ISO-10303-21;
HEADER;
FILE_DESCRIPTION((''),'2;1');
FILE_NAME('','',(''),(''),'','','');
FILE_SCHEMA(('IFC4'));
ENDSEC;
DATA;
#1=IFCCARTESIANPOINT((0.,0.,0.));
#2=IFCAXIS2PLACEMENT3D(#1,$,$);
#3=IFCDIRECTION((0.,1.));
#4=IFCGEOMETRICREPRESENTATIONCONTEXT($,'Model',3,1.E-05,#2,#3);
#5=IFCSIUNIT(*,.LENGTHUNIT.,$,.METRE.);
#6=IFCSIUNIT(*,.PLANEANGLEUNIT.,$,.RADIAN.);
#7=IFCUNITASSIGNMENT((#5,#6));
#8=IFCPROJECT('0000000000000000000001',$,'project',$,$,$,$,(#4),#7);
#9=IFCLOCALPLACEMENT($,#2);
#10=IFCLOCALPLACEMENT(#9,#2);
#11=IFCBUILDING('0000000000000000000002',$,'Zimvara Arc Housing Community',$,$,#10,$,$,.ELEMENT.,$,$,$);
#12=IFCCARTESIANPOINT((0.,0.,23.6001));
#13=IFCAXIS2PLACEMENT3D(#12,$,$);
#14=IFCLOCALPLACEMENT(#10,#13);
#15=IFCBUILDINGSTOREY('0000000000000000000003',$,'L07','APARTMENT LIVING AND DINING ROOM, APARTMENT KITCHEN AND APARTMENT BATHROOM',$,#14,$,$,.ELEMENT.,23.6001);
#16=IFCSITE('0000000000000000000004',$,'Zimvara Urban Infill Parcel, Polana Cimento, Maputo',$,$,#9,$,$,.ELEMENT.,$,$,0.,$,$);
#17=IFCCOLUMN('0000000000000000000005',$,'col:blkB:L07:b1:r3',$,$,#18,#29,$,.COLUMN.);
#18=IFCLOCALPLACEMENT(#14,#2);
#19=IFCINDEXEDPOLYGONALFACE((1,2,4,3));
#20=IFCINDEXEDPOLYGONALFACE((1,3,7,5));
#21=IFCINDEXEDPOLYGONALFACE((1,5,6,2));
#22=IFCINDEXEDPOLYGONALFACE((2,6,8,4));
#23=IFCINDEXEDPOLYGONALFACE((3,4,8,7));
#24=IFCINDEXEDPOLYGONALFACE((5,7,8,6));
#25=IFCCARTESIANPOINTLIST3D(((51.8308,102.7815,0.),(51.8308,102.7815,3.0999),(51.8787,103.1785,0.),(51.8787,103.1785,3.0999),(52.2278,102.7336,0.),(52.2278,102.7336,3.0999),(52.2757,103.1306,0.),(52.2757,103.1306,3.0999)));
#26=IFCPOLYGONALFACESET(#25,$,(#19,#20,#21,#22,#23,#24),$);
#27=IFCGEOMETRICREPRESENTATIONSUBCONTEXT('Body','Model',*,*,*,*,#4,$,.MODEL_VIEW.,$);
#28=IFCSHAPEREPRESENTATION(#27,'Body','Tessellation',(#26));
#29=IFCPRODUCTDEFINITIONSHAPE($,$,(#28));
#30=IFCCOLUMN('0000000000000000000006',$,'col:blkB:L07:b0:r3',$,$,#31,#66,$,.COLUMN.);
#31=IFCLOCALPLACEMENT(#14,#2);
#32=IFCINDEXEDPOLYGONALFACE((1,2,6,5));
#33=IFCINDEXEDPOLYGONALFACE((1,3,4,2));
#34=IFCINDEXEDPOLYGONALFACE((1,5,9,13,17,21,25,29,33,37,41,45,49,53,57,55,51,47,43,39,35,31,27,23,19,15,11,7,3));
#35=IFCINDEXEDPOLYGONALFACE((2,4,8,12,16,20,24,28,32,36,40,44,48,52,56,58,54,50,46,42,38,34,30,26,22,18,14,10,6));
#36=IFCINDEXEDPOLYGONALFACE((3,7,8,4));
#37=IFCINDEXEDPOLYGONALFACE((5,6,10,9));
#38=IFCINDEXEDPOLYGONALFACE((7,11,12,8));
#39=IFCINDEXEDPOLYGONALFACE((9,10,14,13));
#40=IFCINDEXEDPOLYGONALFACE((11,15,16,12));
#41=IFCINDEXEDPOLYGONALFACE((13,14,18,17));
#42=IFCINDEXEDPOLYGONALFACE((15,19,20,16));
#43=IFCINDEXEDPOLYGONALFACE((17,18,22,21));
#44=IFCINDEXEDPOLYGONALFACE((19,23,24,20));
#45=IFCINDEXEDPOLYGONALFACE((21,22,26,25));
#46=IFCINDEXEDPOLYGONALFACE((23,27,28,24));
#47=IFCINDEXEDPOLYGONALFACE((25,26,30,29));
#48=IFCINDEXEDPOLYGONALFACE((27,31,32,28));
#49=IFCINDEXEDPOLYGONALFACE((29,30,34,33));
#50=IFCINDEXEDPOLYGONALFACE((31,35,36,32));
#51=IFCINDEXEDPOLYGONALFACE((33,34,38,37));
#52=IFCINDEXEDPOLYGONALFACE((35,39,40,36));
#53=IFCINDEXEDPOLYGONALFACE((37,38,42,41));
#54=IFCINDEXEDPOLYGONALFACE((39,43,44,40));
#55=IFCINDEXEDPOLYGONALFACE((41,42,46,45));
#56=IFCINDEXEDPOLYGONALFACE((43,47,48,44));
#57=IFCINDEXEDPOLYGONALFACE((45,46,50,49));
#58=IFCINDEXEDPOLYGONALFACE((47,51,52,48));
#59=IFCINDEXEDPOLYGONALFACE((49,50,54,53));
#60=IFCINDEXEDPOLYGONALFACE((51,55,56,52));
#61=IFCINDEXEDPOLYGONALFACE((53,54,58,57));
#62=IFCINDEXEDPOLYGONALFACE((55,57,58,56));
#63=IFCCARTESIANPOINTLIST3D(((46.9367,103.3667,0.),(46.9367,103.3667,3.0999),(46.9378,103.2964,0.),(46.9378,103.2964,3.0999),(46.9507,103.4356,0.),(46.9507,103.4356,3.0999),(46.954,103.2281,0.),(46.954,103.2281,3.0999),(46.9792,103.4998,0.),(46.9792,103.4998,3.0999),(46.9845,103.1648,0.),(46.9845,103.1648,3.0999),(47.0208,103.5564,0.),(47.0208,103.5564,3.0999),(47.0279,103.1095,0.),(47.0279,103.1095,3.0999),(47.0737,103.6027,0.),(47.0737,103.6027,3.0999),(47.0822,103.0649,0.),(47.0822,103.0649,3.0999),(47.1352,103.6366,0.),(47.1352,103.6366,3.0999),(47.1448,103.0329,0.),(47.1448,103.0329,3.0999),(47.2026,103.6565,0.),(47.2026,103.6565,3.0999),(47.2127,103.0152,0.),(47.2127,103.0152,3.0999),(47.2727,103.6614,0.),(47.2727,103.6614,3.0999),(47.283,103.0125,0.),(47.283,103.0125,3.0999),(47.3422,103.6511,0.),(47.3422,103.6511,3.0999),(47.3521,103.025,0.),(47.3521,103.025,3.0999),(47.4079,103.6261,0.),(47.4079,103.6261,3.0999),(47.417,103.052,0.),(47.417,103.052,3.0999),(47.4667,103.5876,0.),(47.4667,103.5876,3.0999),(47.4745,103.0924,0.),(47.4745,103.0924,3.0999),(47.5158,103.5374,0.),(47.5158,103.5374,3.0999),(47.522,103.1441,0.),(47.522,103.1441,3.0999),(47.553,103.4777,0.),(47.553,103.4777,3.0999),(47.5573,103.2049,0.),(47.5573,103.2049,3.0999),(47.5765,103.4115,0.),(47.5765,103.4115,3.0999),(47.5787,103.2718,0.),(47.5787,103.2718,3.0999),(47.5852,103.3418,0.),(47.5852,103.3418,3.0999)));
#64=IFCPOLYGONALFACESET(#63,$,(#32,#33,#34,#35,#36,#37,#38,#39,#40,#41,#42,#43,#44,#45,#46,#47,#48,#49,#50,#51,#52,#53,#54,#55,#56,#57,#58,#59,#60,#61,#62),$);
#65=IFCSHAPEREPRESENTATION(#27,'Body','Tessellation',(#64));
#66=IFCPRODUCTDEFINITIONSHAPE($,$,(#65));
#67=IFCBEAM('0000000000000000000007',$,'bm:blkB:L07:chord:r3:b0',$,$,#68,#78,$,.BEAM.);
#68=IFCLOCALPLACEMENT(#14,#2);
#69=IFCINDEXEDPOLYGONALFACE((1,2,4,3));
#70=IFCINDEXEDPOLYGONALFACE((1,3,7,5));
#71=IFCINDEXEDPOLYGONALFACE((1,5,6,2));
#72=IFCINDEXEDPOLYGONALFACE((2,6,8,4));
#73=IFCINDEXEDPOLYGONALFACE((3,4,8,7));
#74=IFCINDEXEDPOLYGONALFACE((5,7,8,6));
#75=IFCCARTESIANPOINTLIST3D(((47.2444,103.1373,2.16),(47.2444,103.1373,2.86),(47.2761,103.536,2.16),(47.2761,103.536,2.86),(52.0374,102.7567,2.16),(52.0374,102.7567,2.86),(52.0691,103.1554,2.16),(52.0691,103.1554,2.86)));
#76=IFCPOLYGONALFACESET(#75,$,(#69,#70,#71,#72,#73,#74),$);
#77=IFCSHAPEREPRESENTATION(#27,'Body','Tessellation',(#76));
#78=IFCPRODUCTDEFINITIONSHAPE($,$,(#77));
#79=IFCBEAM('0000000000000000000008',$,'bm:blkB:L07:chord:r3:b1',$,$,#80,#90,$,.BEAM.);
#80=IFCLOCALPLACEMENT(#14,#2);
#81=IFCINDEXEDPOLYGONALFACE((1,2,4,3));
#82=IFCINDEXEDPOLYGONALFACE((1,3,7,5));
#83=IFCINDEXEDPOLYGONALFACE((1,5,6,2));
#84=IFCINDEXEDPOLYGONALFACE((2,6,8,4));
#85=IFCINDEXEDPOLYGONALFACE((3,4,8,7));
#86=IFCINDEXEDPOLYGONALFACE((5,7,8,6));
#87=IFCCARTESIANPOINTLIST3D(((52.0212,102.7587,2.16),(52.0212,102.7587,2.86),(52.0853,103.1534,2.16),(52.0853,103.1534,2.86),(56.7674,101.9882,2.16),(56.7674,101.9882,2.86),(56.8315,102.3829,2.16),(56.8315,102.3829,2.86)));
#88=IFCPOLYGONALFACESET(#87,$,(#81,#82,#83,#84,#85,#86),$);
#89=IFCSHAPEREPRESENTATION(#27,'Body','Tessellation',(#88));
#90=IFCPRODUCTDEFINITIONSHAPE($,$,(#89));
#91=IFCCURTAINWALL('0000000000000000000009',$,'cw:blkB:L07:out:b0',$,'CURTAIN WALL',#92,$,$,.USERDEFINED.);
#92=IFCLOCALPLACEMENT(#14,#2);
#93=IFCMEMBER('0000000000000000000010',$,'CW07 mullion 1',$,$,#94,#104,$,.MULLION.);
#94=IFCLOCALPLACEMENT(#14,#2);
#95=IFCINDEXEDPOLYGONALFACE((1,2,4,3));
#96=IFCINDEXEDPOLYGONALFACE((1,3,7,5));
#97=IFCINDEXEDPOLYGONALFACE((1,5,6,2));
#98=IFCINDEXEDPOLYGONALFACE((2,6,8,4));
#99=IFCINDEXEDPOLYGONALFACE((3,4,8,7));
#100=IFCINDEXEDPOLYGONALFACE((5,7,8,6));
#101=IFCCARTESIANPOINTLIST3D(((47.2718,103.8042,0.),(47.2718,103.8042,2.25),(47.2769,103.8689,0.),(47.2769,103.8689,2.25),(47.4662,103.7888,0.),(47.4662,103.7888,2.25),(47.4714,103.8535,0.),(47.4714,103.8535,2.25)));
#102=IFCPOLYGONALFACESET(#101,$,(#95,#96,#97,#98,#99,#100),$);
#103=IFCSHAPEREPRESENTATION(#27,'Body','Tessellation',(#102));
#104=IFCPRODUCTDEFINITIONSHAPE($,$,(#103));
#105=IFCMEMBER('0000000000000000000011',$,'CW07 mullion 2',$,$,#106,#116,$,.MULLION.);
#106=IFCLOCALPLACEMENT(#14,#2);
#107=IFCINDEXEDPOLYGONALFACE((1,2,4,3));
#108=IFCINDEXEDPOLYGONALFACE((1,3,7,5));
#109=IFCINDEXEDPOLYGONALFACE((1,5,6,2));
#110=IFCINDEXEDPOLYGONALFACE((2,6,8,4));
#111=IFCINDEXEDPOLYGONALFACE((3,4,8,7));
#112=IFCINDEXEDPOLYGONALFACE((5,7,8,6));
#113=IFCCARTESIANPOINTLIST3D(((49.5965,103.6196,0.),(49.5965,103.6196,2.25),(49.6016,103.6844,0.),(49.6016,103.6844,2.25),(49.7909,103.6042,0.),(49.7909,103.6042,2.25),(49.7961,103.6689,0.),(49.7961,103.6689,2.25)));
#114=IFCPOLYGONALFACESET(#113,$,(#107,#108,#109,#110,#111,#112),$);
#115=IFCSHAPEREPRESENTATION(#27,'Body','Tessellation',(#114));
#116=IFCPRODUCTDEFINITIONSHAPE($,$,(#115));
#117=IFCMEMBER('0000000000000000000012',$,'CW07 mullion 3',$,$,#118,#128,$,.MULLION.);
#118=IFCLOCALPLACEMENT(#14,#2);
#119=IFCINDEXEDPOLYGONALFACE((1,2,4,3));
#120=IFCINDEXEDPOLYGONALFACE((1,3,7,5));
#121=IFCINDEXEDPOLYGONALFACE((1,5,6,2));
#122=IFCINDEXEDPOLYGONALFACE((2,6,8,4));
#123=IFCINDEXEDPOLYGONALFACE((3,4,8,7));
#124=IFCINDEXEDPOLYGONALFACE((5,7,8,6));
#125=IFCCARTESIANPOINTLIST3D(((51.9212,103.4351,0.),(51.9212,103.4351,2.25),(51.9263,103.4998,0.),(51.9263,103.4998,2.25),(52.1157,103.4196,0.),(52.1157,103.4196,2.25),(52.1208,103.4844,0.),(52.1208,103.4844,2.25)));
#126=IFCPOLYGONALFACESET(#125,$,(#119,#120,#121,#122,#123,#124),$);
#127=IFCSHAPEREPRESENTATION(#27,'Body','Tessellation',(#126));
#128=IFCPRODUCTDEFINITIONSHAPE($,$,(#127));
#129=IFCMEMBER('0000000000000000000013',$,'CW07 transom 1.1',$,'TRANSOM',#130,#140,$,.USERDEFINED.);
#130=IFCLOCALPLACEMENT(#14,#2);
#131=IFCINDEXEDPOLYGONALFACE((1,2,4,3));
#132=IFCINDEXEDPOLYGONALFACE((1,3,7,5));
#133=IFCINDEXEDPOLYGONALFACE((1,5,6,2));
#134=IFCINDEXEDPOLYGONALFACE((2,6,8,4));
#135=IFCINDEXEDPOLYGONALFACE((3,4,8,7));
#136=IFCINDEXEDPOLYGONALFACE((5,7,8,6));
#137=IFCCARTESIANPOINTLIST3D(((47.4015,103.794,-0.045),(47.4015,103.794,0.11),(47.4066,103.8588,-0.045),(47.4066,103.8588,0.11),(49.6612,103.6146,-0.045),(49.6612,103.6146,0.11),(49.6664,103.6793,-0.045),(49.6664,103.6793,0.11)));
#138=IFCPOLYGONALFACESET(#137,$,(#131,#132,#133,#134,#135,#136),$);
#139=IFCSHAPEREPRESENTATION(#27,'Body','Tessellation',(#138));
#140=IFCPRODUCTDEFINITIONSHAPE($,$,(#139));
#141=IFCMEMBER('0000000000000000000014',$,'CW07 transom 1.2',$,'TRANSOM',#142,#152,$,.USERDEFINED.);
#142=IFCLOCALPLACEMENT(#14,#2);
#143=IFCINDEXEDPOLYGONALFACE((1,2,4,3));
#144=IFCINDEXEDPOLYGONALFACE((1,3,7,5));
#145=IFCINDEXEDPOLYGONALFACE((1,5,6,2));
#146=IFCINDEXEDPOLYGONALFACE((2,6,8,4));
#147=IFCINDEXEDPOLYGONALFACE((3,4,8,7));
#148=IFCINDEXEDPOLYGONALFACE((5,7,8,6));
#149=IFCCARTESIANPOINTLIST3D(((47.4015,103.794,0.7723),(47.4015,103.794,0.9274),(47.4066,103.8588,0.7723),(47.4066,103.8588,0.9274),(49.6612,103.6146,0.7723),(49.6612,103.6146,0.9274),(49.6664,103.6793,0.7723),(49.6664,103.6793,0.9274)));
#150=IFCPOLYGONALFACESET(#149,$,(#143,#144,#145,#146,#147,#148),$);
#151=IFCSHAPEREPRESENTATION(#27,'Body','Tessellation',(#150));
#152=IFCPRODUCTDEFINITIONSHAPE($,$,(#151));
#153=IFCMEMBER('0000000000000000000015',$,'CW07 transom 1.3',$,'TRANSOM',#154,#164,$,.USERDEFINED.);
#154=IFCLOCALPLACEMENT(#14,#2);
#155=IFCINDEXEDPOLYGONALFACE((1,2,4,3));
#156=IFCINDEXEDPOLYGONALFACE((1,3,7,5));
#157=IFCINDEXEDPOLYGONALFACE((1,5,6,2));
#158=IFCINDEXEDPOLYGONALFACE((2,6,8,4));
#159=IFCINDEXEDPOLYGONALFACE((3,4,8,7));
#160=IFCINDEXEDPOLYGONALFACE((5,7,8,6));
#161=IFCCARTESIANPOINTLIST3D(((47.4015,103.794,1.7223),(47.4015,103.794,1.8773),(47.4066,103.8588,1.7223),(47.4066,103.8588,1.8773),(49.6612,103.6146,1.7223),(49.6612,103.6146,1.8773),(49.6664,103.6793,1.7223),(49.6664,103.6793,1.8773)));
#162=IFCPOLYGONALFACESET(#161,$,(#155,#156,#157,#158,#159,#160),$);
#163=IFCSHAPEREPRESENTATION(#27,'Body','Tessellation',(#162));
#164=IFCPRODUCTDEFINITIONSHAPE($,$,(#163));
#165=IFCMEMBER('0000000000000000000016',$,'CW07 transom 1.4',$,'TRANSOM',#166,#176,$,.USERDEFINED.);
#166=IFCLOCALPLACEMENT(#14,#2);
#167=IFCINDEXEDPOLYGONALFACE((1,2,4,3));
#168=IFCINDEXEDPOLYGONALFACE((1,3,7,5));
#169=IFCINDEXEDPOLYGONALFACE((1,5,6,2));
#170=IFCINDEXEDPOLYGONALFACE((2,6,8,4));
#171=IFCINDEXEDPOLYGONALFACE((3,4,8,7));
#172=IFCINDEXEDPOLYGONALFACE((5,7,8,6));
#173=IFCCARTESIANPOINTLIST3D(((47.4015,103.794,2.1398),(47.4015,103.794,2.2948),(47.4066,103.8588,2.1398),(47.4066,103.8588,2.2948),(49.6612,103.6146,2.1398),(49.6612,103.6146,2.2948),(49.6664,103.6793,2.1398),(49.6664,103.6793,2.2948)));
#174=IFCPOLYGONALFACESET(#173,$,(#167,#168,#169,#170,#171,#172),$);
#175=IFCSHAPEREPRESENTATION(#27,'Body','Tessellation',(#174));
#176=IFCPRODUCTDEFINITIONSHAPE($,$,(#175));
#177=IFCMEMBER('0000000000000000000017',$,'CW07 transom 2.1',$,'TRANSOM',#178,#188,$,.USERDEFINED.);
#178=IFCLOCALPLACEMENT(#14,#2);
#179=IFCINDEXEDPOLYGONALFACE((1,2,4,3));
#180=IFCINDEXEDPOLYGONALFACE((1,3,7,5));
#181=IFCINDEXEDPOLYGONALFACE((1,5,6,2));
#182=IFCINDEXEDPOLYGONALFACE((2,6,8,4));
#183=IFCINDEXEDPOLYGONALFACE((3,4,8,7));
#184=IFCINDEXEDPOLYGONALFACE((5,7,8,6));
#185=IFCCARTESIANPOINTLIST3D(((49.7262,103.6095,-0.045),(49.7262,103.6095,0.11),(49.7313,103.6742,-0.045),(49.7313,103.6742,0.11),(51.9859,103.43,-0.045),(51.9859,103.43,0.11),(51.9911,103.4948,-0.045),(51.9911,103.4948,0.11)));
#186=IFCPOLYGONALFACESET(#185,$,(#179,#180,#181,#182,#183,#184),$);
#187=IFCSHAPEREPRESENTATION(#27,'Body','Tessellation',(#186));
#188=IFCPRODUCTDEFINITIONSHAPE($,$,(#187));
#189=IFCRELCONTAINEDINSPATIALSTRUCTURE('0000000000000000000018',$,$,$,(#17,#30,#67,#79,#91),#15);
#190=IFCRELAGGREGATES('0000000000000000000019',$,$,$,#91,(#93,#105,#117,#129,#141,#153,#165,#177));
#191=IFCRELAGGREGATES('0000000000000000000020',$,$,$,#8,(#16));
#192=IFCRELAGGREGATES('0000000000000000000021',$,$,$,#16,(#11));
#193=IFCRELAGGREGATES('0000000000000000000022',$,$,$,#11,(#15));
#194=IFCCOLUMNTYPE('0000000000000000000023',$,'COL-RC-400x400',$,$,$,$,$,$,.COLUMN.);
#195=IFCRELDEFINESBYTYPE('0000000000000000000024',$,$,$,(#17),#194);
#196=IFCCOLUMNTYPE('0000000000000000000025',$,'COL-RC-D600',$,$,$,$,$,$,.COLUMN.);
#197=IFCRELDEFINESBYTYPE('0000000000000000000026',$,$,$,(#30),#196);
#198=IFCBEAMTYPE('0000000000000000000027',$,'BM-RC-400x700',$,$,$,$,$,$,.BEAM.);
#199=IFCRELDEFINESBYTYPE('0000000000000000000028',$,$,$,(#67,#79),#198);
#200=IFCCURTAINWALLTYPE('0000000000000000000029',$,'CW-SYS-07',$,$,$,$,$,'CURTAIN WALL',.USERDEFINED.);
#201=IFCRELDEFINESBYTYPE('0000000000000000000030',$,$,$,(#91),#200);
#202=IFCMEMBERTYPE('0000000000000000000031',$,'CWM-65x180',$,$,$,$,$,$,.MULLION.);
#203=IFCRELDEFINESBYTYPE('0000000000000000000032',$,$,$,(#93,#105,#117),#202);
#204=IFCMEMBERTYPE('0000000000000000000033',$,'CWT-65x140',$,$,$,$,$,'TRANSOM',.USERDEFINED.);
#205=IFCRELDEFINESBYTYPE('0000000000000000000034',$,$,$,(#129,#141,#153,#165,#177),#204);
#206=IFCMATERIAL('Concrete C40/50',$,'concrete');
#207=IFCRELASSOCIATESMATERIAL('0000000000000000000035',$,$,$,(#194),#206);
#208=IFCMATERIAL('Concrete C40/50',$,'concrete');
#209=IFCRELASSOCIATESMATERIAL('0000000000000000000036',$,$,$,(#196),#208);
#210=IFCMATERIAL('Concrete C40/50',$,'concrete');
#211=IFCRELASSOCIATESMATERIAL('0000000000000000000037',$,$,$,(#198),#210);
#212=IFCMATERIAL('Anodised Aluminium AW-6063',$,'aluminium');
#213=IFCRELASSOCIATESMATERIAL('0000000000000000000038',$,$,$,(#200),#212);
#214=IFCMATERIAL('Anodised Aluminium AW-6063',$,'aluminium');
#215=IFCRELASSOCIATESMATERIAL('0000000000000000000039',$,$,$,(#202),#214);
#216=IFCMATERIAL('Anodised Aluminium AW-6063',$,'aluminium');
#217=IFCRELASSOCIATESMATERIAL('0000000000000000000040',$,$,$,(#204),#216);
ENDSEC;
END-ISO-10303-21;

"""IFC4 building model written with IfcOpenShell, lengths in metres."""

from ifc_helpers import new_model, si_unit, direction, frame, origin, origin_2d, place, context, subcontext, project, spatial, rectangle, circle, extrude, material, material_profile, profile_set, type_object, element, aggregate, save


model = new_model("IFC4")

# Units and contexts
model_context = context("Model", 3, precision=1e-05, world=origin(), true_north=direction((0.0, 1.0)))
body_context = subcontext(model_context, "Body", "Model", "MODEL_VIEW")
ifc_project = project(units=[si_unit("LENGTHUNIT", "METRE"), si_unit("PLANEANGLEUNIT", "RADIAN")], contexts=[model_context])

# Site, building, storey
site_placement = place(None, origin())
site = spatial("IfcSite", under=ifc_project, at=site_placement, Name="Zimvara Urban Infill Parcel, Polana Cimento, Maputo", CompositionType="ELEMENT", RefElevation=0.0)
building_placement = place(site_placement, origin())
building = spatial("IfcBuilding", under=site, at=building_placement, Name="Zimvara Arc Housing Community", CompositionType="ELEMENT")
storey_placement = place(building_placement, frame((0.0, 0.0, 23.6001)))
storey = spatial("IfcBuildingStorey", under=building, at=storey_placement, Name="L07", Description="APARTMENT LIVING AND DINING ROOM, APARTMENT KITCHEN AND APARTMENT BATHROOM", CompositionType="ELEMENT", Elevation=23.6001)

# Columns
ifc_material_1 = material(Name="Concrete C40/50", Category="concrete")
ifc_material_profile_1 = material_profile(ifc_material_1, rectangle(XDim=0.3999, YDim=0.3999, at=origin_2d()), Name="RC 400x400")
ifc_profile_set_1 = profile_set([ifc_material_profile_1], Name="Concrete C40/50")
column_type_1 = type_object("IfcColumnType", Name="COL-RC-400x400", PredefinedType="COLUMN", material=ifc_profile_set_1)
column_1_placement = place(storey_placement, frame((52.0532, 102.9561, 0.0), z_axis=(0.0, 0.0, 1.0), x_axis=(0.11979, 0.992799, 0.0)))
element("IfcColumn", 1, at=column_1_placement, inside=storey, type_object=column_type_1, Name="col:blkB:L07:b1:r3", PredefinedType="COLUMN", context=body_context, shape_type="SweptSolid", body=[
    extrude(rectangle(XDim=0.3999, YDim=0.3999, at=origin_2d()), origin(), (0.0, 0.0, 1.0), 3.0999),
])
ifc_material_2 = material(Name="Concrete C40/50", Category="concrete")
ifc_material_profile_2 = material_profile(ifc_material_2, circle(Radius=0.325, at=origin_2d()), Name="RC D650")
ifc_profile_set_2 = profile_set([ifc_material_profile_2], Name="Concrete C40/50")
column_type_2 = type_object("IfcColumnType", Name="COL-RC-D600", PredefinedType="COLUMN", material=ifc_profile_set_2)
column_2_placement = place(storey_placement, frame((47.2603, 103.3367, 0.0), z_axis=(0.0, 0.0, 1.0), x_axis=(0.038388, 0.999263, 0.0)))
element("IfcColumn", 2, at=column_2_placement, inside=storey, type_object=column_type_2, Name="col:blkB:L07:b0:r3", PredefinedType="COLUMN", context=body_context, shape_type="SweptSolid", body=[
    extrude(circle(Radius=0.325, at=origin_2d()), origin(), (0.0, 0.0, 1.0), 3.0999),
])

# Beams
ifc_material_3 = material(Name="Concrete C40/50", Category="concrete")
ifc_material_profile_3 = material_profile(ifc_material_3, rectangle(XDim=0.3999, YDim=0.7, at=origin_2d()), Name="RC 400x700")
ifc_profile_set_3 = profile_set([ifc_material_profile_3], Name="Concrete C40/50")
beam_type = type_object("IfcBeamType", Name="BM-RC-400x700", PredefinedType="BEAM", material=ifc_profile_set_3)
beam_1_placement = place(storey_placement, frame((47.2603, 103.3367, 2.51), z_axis=(0.996862, -0.079162, 0.0), x_axis=(0.079162, 0.996862, 0.0)))
element("IfcBeam", 3, at=beam_1_placement, inside=storey, type_object=beam_type, Name="bm:blkB:L07:chord:r3:b0", PredefinedType="BEAM", context=body_context, shape_type="SweptSolid", body=[
    extrude(rectangle(XDim=0.3999, YDim=0.7, at=origin_2d()), origin(), (0.0, 0.0, 1.0), 4.8081),
])
beam_2_placement = place(storey_placement, frame((52.0532, 102.9561, 2.51), z_axis=(0.987077, -0.160248, 0.0), x_axis=(0.160248, 0.987077, 0.0)))
element("IfcBeam", 4, at=beam_2_placement, inside=storey, type_object=beam_type, Name="bm:blkB:L07:chord:r3:b1", PredefinedType="BEAM", context=body_context, shape_type="SweptSolid", body=[
    extrude(rectangle(XDim=0.3999, YDim=0.7, at=origin_2d()), origin(), (0.0, 0.0, 1.0), 4.8083),
])

# Curtain wall, members
ifc_material_4 = material(Name="Anodised Aluminium AW-6063", Category="aluminium")
curtain_wall_type = type_object("IfcCurtainWallType", Name="CW-SYS-07", ElementType="CURTAIN WALL", PredefinedType="USERDEFINED", material=ifc_material_4)
curtain_wall_placement = place(storey_placement, origin())
curtain_wall = element("IfcCurtainWall", 5, at=curtain_wall_placement, inside=storey, type_object=curtain_wall_type, Name="cw:blkB:L07:out:b0", ObjectType="CURTAIN WALL", PredefinedType="USERDEFINED")
ifc_material_5 = material(Name="Anodised Aluminium AW-6063", Category="aluminium")
ifc_material_profile_4 = material_profile(ifc_material_5, rectangle(XDim=0.0649, YDim=0.1951, at=origin_2d()), Name="ALU 65x195")
ifc_profile_set_4 = profile_set([ifc_material_profile_4], Name="Anodised Aluminium AW-6063")
member_type_1 = type_object("IfcMemberType", Name="CWM-65x180", PredefinedType="MULLION", material=ifc_profile_set_4)
member_1_placement = place(storey_placement, frame((47.3716, 103.8289, 0.0), z_axis=(0.0, 0.0, 1.0), x_axis=(0.079154, 0.996862, 0.0)))
member_1 = element("IfcMember", 6, at=member_1_placement, type_object=member_type_1, Name="CW07 mullion 1", PredefinedType="MULLION", context=body_context, shape_type="SweptSolid", body=[
    extrude(rectangle(XDim=0.0649, YDim=0.1951, at=origin_2d()), origin(), (0.0, 0.0, 1.0), 2.25),
])
member_2_placement = place(storey_placement, frame((49.6963, 103.6443, 0.0), z_axis=(0.0, 0.0, 1.0), x_axis=(0.079154, 0.996862, 0.0)))
member_2 = element("IfcMember", 7, at=member_2_placement, type_object=member_type_1, Name="CW07 mullion 2", PredefinedType="MULLION", context=body_context, shape_type="SweptSolid", body=[
    extrude(rectangle(XDim=0.0649, YDim=0.1951, at=origin_2d()), origin(), (0.0, 0.0, 1.0), 2.25),
])
member_3_placement = place(storey_placement, frame((52.021, 103.4597, 0.0), z_axis=(0.0, 0.0, 1.0), x_axis=(0.079154, 0.996862, 0.0)))
member_3 = element("IfcMember", 8, at=member_3_placement, type_object=member_type_1, Name="CW07 mullion 3", PredefinedType="MULLION", context=body_context, shape_type="SweptSolid", body=[
    extrude(rectangle(XDim=0.0649, YDim=0.1951, at=origin_2d()), origin(), (0.0, 0.0, 1.0), 2.25),
])
ifc_material_6 = material(Name="Anodised Aluminium AW-6063", Category="aluminium")
ifc_material_profile_5 = material_profile(ifc_material_6, rectangle(XDim=0.0649, YDim=0.155, at=origin_2d()), Name="ALU 65x155")
ifc_profile_set_5 = profile_set([ifc_material_profile_5], Name="Anodised Aluminium AW-6063")
member_type_2 = type_object("IfcMemberType", Name="CWT-65x140", ElementType="TRANSOM", PredefinedType="USERDEFINED", material=ifc_profile_set_5)
member_4_placement = place(storey_placement, frame((47.4041, 103.8264, 0.0325), z_axis=(0.996862, -0.079159, 0.0), x_axis=(0.079159, 0.996862, 0.0)))
member_4 = element("IfcMember", 9, at=member_4_placement, type_object=member_type_2, Name="CW07 transom 1.1", ObjectType="TRANSOM", PredefinedType="USERDEFINED", context=body_context, shape_type="SweptSolid", body=[
    extrude(rectangle(XDim=0.0649, YDim=0.155, at=origin_2d()), origin(), (0.0, 0.0, 1.0), 2.2668),
])
member_5_placement = place(storey_placement, frame((47.4041, 103.8264, 0.8499), z_axis=(0.996862, -0.079159, 0.0), x_axis=(0.079159, 0.996862, 0.0)))
member_5 = element("IfcMember", 10, at=member_5_placement, type_object=member_type_2, Name="CW07 transom 1.2", ObjectType="TRANSOM", PredefinedType="USERDEFINED", context=body_context, shape_type="SweptSolid", body=[
    extrude(rectangle(XDim=0.0649, YDim=0.155, at=origin_2d()), origin(), (0.0, 0.0, 1.0), 2.2668),
])
member_6_placement = place(storey_placement, frame((47.4041, 103.8264, 1.7998), z_axis=(0.996862, -0.079159, 0.0), x_axis=(0.079159, 0.996862, 0.0)))
member_6 = element("IfcMember", 11, at=member_6_placement, type_object=member_type_2, Name="CW07 transom 1.3", ObjectType="TRANSOM", PredefinedType="USERDEFINED", context=body_context, shape_type="SweptSolid", body=[
    extrude(rectangle(XDim=0.0649, YDim=0.155, at=origin_2d()), origin(), (0.0, 0.0, 1.0), 2.2668),
])
member_7_placement = place(storey_placement, frame((47.4041, 103.8264, 2.2173), z_axis=(0.996862, -0.079159, 0.0), x_axis=(0.079159, 0.996862, 0.0)))
member_7 = element("IfcMember", 12, at=member_7_placement, type_object=member_type_2, Name="CW07 transom 1.4", ObjectType="TRANSOM", PredefinedType="USERDEFINED", context=body_context, shape_type="SweptSolid", body=[
    extrude(rectangle(XDim=0.0649, YDim=0.155, at=origin_2d()), origin(), (0.0, 0.0, 1.0), 2.2668),
])
member_8_placement = place(storey_placement, frame((49.7288, 103.6418, 0.0325), z_axis=(0.996862, -0.079159, 0.0), x_axis=(0.079159, 0.996862, 0.0)))
member_8 = element("IfcMember", 13, at=member_8_placement, type_object=member_type_2, Name="CW07 transom 2.1", ObjectType="TRANSOM", PredefinedType="USERDEFINED", context=body_context, shape_type="SweptSolid", body=[
    extrude(rectangle(XDim=0.0649, YDim=0.155, at=origin_2d()), origin(), (0.0, 0.0, 1.0), 2.2668),
])
aggregate(curtain_wall, [member_1, member_2, member_3, member_4, member_5, member_6, member_7, member_8])

save(model, "model.ifc")
